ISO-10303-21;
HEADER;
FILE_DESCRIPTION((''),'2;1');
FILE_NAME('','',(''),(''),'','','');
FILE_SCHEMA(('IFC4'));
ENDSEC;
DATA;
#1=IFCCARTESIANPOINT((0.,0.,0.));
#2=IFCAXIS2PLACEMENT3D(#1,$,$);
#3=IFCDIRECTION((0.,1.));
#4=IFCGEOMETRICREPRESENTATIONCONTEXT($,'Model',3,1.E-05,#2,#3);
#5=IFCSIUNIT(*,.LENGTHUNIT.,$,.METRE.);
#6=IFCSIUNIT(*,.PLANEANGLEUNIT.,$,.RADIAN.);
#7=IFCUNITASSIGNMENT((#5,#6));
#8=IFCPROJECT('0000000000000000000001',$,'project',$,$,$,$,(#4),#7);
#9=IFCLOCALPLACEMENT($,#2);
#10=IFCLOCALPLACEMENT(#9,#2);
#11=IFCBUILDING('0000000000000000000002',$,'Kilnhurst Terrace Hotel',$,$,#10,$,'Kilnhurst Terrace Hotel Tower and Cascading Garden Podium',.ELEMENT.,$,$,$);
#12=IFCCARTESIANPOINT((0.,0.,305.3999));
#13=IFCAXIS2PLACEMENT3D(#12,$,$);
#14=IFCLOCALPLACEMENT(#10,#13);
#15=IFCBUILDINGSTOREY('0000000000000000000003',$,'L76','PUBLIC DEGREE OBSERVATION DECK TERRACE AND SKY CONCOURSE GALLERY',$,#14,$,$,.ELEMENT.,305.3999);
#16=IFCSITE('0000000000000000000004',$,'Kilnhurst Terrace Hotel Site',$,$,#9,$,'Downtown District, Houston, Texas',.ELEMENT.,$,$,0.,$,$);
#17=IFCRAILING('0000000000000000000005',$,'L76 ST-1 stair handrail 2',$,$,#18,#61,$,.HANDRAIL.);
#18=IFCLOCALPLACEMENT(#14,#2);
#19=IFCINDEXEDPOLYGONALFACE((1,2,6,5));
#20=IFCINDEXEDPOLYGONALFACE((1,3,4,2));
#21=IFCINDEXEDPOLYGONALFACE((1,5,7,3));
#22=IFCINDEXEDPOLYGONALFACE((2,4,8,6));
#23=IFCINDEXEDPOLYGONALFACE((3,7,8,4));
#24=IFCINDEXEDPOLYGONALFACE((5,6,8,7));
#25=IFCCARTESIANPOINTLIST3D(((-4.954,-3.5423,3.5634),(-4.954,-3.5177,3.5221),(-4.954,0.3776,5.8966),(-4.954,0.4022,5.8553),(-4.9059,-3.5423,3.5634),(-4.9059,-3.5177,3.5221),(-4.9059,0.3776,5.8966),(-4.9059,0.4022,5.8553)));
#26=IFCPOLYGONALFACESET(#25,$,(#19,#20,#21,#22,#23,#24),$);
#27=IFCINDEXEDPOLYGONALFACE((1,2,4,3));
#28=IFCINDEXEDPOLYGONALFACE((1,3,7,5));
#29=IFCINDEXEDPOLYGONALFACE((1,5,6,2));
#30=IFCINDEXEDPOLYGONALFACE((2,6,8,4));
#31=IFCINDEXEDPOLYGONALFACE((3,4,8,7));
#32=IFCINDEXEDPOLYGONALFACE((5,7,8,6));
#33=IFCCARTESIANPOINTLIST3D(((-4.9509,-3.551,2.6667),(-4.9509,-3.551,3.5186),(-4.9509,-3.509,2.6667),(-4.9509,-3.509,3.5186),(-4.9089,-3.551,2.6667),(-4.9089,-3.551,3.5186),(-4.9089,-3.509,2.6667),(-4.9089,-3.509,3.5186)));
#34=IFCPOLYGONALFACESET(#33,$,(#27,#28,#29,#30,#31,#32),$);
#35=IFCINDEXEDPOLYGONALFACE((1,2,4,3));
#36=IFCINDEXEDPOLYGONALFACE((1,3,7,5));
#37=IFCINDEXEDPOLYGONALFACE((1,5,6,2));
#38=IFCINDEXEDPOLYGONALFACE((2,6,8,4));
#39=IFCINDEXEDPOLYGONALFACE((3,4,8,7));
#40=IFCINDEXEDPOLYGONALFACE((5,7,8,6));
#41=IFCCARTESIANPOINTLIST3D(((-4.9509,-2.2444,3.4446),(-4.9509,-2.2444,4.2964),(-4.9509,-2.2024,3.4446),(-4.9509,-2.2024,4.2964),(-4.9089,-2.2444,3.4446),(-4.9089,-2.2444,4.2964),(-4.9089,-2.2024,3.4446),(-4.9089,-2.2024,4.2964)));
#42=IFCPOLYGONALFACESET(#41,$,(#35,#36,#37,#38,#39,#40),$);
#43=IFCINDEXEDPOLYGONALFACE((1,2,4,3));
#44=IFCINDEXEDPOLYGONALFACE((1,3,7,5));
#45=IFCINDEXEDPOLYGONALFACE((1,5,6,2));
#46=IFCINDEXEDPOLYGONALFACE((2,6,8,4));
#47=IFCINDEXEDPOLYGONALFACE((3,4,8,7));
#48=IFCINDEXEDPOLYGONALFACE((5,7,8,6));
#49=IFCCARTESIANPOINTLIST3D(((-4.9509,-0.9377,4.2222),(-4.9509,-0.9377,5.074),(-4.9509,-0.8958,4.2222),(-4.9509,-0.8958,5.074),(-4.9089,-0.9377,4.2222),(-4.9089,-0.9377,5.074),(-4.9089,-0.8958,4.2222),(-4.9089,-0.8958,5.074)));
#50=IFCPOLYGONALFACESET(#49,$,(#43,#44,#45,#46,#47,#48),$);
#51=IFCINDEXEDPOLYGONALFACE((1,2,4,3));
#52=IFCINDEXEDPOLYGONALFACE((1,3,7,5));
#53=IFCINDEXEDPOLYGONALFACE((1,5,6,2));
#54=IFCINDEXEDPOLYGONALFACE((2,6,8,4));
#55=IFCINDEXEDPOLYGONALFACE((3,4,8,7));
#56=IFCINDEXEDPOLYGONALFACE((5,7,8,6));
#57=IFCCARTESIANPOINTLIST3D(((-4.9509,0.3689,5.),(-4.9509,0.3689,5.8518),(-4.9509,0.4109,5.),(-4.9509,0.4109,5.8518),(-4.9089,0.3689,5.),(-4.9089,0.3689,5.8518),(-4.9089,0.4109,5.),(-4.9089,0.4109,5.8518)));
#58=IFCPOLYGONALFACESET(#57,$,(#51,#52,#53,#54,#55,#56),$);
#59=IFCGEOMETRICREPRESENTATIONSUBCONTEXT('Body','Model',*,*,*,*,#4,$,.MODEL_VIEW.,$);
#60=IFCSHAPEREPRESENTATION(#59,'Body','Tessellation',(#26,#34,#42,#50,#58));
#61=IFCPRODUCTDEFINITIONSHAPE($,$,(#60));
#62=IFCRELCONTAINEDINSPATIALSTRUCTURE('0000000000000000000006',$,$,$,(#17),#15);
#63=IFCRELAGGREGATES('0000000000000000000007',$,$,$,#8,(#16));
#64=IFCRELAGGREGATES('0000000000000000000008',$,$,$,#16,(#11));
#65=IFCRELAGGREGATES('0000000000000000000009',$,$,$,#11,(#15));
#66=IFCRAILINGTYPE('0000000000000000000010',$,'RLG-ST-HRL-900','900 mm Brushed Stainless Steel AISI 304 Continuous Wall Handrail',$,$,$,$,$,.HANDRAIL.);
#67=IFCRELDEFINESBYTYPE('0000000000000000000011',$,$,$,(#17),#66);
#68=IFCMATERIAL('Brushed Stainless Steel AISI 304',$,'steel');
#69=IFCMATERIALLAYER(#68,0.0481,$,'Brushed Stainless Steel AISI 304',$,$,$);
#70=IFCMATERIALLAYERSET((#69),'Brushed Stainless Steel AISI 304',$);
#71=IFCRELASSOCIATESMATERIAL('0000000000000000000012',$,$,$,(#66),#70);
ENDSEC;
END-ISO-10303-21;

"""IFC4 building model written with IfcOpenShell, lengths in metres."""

from ifc_helpers import new_model, si_unit, direction, frame, origin, origin_2d, place, context, subcontext, project, spatial, rectangle, extrude, material, layer, layer_set, type_object, element, save


model = new_model("IFC4")

# Units and contexts
model_context = context("Model", 3, precision=1e-05, world=origin(), true_north=direction((0.0, 1.0)))
body_context = subcontext(model_context, "Body", "Model", "MODEL_VIEW")
ifc_project = project(units=[si_unit("LENGTHUNIT", "METRE"), si_unit("PLANEANGLEUNIT", "RADIAN")], contexts=[model_context])

# Site, building, storey
site_placement = place(None, origin())
site = spatial("IfcSite", under=ifc_project, at=site_placement, Name="Kilnhurst Terrace Hotel Site", LongName="Downtown District, Houston, Texas", CompositionType="ELEMENT", RefElevation=0.0)
building_placement = place(site_placement, origin())
building = spatial("IfcBuilding", under=site, at=building_placement, Name="Kilnhurst Terrace Hotel", LongName="Kilnhurst Terrace Hotel Tower and Cascading Garden Podium", CompositionType="ELEMENT")
storey_placement = place(building_placement, frame((0.0, 0.0, 305.3999)))
storey = spatial("IfcBuildingStorey", under=building, at=storey_placement, Name="L76", Description="PUBLIC DEGREE OBSERVATION DECK TERRACE AND SKY CONCOURSE GALLERY", CompositionType="ELEMENT", Elevation=305.3999)

# Railing
ifc_material_1 = material(Name="Brushed Stainless Steel AISI 304", Category="steel")
ifc_layer_1 = layer(ifc_material_1, 0.0481, Name="Brushed Stainless Steel AISI 304")
ifc_layer_set_1 = layer_set([ifc_layer_1], Name="Brushed Stainless Steel AISI 304")
railing_type_1 = type_object("IfcRailingType", Name="RLG-ST-HRL-900", Description="900 mm Brushed Stainless Steel AISI 304 Continuous Wall Handrail", PredefinedType="HANDRAIL", material=ifc_layer_set_1)
railing_1_placement = place(storey_placement, frame((-4.9299, -3.53, 2.6667)))
element("IfcRailing", 1, at=railing_1_placement, inside=storey, type_object=railing_type_1, Name="L76 ST-1 stair handrail 2", PredefinedType="HANDRAIL", context=body_context, shape_type="SweptSolid", body=[
    extrude(rectangle(XDim=0.0481, YDim=0.0481, at=origin_2d()), frame((0.0, 0.0, 0.876), z_axis=(0.0, 0.859296, 0.511478), x_axis=(-1.0, 0.0, 0.0)), (0.0, 0.0, 1.0), 4.5618),
    extrude(rectangle(XDim=0.042, YDim=0.042, at=origin_2d()), origin(), (0.0, 0.0, 1.0), 0.8518),
    extrude(rectangle(XDim=0.042, YDim=0.042, at=origin_2d()), frame((0.0, 1.3066, 0.7778)), (0.0, 0.0, 1.0), 0.8518),
    extrude(rectangle(XDim=0.042, YDim=0.042, at=origin_2d()), frame((0.0, 2.6133, 1.5554)), (0.0, 0.0, 1.0), 0.8518),
    extrude(rectangle(XDim=0.042, YDim=0.042, at=origin_2d()), frame((0.0, 3.9199, 2.3333)), (0.0, 0.0, 1.0), 0.8518),
])

save(model, "model.ifc")
